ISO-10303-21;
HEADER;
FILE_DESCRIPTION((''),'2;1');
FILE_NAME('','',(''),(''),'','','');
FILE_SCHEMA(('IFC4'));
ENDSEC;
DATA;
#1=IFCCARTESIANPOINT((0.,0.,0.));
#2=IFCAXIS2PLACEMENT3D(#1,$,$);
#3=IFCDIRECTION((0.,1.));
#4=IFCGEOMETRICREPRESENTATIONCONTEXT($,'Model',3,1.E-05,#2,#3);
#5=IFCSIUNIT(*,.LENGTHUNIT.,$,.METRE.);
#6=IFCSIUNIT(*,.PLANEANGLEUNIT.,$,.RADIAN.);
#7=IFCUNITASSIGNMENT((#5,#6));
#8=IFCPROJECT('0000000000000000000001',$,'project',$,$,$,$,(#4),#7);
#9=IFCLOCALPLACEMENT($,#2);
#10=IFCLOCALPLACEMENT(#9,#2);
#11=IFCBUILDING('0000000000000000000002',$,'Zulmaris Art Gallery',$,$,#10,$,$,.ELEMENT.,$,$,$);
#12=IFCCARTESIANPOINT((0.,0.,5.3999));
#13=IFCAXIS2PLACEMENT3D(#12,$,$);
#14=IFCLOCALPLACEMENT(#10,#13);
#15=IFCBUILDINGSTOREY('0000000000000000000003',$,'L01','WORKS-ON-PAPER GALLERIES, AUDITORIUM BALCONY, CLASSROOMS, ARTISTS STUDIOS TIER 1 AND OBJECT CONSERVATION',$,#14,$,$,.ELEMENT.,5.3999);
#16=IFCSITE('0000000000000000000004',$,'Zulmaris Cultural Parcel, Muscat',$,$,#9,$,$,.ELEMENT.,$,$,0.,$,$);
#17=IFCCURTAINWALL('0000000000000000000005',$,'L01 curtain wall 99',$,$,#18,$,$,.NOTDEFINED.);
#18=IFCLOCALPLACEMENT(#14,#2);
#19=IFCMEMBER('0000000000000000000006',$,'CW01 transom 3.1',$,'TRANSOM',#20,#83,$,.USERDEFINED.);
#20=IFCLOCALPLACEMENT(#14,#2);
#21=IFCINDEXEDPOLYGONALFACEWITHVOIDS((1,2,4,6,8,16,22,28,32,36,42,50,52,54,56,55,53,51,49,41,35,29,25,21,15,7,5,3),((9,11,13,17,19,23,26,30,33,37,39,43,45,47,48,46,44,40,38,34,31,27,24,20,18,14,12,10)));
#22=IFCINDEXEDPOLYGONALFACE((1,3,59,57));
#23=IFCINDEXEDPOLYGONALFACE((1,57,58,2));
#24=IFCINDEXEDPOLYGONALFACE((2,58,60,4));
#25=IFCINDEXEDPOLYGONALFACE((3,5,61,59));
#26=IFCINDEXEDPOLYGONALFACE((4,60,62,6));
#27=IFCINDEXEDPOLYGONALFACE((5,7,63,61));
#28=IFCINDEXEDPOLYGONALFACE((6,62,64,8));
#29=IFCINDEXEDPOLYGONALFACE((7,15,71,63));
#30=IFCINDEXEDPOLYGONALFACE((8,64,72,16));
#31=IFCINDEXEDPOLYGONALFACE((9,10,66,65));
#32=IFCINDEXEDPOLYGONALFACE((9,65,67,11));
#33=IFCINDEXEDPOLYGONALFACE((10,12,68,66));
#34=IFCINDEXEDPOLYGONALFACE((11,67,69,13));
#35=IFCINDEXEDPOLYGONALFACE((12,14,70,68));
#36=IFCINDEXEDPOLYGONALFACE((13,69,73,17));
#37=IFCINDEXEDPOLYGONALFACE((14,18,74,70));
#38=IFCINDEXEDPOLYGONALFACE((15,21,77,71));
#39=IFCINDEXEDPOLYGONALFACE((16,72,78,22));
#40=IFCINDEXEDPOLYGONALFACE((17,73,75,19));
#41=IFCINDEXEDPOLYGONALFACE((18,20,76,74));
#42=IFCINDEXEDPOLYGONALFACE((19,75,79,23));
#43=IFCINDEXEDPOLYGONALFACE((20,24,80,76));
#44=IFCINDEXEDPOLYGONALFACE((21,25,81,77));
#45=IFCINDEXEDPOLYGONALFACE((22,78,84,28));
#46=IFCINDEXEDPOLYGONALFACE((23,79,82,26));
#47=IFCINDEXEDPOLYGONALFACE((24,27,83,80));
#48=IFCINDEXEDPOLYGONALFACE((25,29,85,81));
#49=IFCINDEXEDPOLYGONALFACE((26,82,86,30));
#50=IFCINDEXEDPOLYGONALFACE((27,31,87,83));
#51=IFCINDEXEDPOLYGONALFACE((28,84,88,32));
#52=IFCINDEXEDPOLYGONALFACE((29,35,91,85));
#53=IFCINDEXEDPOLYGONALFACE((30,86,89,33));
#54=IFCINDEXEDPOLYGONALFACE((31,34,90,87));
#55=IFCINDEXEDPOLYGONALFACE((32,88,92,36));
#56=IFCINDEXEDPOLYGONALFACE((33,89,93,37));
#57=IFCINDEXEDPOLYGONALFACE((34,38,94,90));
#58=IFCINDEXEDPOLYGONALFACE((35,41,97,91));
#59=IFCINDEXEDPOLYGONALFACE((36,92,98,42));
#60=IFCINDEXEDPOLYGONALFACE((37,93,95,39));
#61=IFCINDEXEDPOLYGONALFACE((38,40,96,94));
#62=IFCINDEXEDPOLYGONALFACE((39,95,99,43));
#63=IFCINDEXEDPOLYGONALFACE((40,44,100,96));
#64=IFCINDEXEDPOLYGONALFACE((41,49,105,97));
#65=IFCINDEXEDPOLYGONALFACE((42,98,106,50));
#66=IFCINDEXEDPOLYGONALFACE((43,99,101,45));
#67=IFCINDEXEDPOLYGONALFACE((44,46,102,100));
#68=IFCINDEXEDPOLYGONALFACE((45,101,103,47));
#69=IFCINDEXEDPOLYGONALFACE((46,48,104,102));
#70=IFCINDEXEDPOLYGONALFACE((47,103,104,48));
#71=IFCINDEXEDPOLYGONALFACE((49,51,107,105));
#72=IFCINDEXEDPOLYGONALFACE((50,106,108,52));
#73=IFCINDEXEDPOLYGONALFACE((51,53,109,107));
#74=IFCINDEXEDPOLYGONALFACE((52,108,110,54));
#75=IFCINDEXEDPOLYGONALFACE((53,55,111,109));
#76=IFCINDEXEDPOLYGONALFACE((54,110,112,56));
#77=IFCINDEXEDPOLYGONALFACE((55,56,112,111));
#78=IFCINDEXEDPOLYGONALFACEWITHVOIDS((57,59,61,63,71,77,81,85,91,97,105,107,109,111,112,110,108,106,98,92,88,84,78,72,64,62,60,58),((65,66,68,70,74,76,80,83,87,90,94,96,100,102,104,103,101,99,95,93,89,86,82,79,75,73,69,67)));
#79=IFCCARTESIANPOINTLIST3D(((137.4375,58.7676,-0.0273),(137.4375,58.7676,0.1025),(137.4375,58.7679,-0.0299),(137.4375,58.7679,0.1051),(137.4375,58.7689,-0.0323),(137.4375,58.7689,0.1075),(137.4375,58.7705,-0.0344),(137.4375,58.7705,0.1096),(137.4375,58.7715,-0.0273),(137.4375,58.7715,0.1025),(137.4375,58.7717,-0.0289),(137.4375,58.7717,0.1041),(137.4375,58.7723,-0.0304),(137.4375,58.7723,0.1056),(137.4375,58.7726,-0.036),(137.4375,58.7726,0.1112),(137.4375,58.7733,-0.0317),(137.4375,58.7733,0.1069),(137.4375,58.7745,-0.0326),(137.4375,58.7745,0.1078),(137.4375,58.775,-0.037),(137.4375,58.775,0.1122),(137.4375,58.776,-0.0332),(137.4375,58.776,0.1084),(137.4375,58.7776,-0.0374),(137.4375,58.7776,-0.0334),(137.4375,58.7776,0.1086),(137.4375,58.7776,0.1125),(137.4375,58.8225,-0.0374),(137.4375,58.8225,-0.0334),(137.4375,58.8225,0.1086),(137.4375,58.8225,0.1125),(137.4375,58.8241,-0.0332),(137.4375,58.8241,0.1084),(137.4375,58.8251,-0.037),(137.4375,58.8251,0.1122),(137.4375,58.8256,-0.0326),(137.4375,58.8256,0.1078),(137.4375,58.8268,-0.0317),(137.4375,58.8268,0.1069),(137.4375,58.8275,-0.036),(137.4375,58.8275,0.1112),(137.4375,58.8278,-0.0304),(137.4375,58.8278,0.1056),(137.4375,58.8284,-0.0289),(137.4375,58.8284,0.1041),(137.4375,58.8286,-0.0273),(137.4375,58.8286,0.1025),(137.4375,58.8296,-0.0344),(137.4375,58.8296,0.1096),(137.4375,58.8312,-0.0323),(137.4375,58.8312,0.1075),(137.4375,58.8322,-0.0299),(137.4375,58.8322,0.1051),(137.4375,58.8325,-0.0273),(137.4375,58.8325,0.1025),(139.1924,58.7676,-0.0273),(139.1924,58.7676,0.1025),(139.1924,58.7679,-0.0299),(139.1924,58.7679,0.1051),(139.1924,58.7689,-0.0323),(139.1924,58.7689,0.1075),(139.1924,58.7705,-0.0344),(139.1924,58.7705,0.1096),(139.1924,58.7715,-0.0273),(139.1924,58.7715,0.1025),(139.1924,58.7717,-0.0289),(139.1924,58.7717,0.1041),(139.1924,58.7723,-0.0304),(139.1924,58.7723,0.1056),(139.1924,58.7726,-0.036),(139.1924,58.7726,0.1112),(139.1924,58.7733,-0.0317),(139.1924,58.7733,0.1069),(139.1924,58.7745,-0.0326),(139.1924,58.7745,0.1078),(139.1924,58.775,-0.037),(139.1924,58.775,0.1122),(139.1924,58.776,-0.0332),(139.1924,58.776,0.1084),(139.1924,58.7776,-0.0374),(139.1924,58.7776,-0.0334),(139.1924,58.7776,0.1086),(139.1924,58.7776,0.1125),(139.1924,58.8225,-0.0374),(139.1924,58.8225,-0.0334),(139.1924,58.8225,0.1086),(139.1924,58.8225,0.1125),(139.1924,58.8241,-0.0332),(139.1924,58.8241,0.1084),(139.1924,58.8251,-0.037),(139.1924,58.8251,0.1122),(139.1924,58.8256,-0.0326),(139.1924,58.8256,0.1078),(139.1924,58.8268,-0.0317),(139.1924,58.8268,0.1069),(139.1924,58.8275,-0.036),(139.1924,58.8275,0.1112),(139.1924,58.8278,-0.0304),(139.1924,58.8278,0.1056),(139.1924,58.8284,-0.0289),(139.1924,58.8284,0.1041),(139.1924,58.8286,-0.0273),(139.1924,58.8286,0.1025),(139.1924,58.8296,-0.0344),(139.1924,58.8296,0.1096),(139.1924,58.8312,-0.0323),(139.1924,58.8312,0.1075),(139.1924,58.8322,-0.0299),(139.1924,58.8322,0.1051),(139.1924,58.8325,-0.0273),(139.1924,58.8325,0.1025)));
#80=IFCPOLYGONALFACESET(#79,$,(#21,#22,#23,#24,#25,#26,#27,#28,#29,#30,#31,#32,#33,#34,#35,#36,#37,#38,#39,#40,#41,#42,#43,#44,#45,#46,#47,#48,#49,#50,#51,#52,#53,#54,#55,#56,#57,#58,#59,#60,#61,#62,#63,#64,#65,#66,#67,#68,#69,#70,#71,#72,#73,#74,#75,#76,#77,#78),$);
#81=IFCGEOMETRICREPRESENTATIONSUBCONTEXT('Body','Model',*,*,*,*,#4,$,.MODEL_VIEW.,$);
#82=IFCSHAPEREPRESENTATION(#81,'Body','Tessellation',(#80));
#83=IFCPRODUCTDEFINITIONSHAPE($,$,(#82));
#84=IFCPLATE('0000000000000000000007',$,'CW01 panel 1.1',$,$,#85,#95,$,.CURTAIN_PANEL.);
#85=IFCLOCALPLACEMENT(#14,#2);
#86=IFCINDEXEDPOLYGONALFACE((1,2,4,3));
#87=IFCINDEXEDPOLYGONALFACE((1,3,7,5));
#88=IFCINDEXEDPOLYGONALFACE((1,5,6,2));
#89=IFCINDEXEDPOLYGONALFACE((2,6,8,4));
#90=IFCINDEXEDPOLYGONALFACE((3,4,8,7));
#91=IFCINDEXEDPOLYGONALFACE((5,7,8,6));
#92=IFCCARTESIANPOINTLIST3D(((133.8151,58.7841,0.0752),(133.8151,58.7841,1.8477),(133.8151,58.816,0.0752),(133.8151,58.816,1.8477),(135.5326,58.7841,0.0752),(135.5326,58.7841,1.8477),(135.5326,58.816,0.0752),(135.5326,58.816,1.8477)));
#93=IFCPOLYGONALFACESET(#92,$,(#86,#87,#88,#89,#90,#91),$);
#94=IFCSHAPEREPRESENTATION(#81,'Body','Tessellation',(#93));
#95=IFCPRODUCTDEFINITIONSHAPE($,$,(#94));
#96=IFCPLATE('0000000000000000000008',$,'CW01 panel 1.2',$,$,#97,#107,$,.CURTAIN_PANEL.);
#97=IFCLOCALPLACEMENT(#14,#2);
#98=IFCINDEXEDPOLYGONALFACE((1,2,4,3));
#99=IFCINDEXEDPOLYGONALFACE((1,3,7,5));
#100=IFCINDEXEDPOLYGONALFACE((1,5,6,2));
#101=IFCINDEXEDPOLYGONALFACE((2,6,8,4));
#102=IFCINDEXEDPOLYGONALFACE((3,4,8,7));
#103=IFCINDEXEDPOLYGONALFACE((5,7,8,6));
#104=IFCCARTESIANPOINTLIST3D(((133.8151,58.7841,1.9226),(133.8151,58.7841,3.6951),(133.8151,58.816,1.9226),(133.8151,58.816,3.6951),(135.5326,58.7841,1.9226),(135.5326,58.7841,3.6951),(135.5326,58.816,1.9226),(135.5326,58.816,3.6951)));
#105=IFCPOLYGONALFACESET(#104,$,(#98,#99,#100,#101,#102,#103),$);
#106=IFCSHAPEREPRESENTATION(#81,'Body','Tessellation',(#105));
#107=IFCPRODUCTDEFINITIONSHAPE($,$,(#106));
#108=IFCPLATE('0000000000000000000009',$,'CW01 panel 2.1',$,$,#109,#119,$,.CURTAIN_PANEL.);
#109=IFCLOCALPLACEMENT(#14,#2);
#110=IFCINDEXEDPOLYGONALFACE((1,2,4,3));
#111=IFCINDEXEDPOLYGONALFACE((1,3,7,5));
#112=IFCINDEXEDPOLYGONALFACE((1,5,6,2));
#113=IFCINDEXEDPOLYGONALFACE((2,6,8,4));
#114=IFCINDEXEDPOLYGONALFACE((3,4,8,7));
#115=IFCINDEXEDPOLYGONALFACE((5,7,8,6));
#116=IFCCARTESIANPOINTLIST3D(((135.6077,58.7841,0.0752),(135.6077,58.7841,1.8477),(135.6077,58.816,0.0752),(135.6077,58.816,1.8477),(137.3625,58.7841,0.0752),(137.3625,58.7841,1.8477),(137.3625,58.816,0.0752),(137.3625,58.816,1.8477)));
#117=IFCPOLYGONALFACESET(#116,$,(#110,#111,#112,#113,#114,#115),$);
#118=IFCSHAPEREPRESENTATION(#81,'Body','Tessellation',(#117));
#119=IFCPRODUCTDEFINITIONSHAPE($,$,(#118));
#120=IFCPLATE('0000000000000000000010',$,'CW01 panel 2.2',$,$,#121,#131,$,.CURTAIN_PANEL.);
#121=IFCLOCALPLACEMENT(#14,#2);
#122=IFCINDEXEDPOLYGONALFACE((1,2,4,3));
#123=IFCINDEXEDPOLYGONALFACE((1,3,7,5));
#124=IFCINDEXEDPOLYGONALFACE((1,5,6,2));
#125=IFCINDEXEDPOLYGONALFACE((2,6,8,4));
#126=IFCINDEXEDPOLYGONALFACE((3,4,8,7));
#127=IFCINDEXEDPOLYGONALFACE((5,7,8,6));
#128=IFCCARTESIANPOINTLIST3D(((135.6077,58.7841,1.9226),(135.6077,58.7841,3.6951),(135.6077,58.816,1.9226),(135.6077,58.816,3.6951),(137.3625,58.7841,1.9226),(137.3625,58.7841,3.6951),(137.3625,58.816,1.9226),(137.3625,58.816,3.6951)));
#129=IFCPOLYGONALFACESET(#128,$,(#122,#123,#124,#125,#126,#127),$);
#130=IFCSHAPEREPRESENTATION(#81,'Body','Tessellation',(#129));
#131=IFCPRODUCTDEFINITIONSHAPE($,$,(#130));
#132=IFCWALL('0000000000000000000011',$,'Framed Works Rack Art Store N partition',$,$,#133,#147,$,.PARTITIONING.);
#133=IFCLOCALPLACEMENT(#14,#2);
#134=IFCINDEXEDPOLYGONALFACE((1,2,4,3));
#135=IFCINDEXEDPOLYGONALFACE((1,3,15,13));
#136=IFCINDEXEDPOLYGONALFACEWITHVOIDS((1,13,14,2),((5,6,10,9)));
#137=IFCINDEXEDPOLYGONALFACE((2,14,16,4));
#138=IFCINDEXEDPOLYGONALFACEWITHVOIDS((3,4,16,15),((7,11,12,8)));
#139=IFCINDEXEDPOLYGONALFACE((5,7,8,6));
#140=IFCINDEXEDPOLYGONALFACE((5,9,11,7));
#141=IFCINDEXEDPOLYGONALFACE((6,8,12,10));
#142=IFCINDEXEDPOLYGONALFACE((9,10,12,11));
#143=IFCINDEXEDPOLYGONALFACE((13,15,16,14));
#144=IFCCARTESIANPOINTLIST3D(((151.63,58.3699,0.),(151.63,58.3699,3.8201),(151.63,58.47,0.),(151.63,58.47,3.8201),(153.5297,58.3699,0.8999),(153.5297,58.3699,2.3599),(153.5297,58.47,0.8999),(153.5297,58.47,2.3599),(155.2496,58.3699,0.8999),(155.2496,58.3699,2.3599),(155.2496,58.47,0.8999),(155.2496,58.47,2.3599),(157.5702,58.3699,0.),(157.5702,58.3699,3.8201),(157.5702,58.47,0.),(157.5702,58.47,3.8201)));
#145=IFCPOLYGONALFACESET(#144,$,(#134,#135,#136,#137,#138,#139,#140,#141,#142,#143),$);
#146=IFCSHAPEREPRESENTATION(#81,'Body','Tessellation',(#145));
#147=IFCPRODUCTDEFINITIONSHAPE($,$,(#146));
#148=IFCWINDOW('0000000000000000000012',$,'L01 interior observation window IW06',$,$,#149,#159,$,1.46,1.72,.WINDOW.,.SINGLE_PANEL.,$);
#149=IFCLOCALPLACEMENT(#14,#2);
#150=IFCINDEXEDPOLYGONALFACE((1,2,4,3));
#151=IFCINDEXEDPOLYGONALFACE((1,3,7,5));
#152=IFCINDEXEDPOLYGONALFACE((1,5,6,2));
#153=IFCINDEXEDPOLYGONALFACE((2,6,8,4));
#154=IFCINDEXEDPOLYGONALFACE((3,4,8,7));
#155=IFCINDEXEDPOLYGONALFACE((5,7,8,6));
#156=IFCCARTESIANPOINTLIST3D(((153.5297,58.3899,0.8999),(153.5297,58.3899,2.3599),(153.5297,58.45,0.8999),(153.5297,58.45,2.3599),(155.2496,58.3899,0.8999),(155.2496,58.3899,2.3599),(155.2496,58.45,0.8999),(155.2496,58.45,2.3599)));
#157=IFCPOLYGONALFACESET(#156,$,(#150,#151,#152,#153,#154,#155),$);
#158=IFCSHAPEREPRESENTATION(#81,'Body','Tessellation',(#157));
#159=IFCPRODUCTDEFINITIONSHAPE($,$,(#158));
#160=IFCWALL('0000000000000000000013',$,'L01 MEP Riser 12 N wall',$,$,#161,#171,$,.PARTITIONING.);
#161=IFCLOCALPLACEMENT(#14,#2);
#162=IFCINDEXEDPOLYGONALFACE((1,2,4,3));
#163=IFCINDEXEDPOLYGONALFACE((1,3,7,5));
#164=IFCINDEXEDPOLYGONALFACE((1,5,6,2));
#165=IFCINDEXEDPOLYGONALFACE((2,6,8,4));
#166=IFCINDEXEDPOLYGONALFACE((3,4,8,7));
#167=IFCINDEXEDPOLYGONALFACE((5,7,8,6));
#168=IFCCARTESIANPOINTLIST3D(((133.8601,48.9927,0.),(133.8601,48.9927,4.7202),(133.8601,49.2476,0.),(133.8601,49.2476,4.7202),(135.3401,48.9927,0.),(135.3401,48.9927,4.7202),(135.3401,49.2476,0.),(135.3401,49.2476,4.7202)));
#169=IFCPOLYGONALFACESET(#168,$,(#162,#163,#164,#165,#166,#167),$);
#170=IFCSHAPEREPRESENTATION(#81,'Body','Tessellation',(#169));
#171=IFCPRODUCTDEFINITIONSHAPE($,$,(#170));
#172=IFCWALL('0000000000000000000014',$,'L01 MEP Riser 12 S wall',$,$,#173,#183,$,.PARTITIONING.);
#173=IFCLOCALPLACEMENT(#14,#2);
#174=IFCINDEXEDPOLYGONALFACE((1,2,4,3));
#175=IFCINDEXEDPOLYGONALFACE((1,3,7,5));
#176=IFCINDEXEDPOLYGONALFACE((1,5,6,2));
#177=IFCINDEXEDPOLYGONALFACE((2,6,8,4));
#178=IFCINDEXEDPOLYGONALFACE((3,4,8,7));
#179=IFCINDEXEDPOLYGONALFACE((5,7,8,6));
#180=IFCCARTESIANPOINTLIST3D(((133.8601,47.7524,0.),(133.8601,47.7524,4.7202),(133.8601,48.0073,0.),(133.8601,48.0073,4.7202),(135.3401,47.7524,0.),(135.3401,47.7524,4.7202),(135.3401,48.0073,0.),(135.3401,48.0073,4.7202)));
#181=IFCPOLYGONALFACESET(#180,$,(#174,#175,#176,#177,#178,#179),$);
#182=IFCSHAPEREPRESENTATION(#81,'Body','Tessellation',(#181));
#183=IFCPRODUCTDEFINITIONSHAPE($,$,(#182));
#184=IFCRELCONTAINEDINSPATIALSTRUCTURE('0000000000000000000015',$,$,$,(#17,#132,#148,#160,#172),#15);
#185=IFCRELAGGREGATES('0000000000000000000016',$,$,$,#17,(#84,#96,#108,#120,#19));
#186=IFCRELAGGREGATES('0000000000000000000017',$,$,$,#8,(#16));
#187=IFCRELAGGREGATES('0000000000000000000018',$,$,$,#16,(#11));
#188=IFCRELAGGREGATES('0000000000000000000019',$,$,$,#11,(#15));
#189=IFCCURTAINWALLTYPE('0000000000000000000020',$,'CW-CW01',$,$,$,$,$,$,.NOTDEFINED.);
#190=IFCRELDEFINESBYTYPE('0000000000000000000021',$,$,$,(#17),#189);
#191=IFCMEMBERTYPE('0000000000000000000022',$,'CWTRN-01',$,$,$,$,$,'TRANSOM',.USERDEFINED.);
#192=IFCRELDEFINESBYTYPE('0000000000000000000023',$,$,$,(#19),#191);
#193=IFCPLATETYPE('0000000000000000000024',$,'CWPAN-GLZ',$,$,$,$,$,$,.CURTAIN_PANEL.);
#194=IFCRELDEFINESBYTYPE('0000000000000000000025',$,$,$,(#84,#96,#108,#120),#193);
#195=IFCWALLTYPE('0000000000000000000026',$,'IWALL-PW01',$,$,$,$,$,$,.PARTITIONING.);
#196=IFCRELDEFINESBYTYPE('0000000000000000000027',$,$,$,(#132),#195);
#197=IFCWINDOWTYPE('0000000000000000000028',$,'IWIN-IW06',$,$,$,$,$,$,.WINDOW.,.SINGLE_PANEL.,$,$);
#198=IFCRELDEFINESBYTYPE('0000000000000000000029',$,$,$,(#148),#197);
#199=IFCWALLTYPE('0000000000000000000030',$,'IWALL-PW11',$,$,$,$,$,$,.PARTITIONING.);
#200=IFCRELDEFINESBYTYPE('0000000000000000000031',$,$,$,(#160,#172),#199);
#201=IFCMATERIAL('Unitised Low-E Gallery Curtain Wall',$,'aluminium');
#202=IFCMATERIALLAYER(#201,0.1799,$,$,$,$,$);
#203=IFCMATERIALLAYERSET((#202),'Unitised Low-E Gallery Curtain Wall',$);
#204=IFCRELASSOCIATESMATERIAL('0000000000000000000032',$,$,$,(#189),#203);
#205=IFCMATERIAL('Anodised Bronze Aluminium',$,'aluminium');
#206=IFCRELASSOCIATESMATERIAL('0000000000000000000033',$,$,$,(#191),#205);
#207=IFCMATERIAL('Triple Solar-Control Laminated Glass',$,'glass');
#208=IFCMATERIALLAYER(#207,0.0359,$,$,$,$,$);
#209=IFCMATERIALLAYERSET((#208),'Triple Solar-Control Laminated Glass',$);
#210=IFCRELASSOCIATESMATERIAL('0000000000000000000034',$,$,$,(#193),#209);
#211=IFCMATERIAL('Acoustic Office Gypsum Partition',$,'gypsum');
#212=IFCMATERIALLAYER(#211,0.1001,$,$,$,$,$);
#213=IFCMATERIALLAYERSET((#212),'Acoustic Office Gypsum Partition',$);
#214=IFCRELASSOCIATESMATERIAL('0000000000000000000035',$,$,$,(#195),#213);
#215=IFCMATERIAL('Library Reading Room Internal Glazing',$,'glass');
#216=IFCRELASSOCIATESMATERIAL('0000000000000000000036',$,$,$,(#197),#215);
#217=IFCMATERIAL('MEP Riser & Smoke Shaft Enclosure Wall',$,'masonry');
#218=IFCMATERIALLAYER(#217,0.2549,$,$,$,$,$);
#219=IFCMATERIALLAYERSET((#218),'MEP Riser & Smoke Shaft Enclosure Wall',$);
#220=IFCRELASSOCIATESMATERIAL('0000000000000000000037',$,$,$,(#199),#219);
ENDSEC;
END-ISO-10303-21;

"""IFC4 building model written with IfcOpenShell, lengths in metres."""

from ifc_helpers import new_model, si_unit, direction, frame, frame_2d, origin, origin_2d, place, context, subcontext, project, spatial, rectangle, hollow_rectangle, extrude, material, layer, layer_set, material_profile, profile_set, type_object, element, fill, aggregate, save


model = new_model("IFC4")

# Units and contexts
model_context = context("Model", 3, precision=1e-05, world=origin(), true_north=direction((0.0, 1.0)))
body_context = subcontext(model_context, "Body", "Model", "MODEL_VIEW")
ifc_project = project(units=[si_unit("LENGTHUNIT", "METRE"), si_unit("PLANEANGLEUNIT", "RADIAN")], contexts=[model_context])

# Site, building, storey
site_placement = place(None, origin())
site = spatial("IfcSite", under=ifc_project, at=site_placement, Name="Zulmaris Cultural Parcel, Muscat", CompositionType="ELEMENT", RefElevation=0.0)
building_placement = place(site_placement, origin())
building = spatial("IfcBuilding", under=site, at=building_placement, Name="Zulmaris Art Gallery", CompositionType="ELEMENT")
storey_placement = place(building_placement, frame((0.0, 0.0, 5.3999)))
storey = spatial("IfcBuildingStorey", under=building, at=storey_placement, Name="L01", Description="WORKS-ON-PAPER GALLERIES, AUDITORIUM BALCONY, CLASSROOMS, ARTISTS STUDIOS TIER 1 AND OBJECT CONSERVATION", CompositionType="ELEMENT", Elevation=5.3999)

# Curtain wall, member, plates
ifc_material_1 = material(Name="Unitised Low-E Gallery Curtain Wall", Category="aluminium")
ifc_layer_1 = layer(ifc_material_1, 0.1799)
ifc_layer_set_1 = layer_set([ifc_layer_1], Name="Unitised Low-E Gallery Curtain Wall")
curtain_wall_type = type_object("IfcCurtainWallType", Name="CW-CW01", PredefinedType="NOTDEFINED", material=ifc_layer_set_1)
curtain_wall_placement = place(storey_placement, origin())
curtain_wall = element("IfcCurtainWall", 1, at=curtain_wall_placement, inside=storey, type_object=curtain_wall_type, Name="L01 curtain wall 99", PredefinedType="NOTDEFINED")
ifc_material_2 = material(Name="Anodised Bronze Aluminium", Category="aluminium")
ifc_material_profile_1 = material_profile(ifc_material_2, hollow_rectangle(XDim=0.0649, YDim=0.1499, WallThickness=0.0039, InnerFilletRadius=0.0061, OuterFilletRadius=0.01, at=origin_2d()), Name="ALU 65x150x4")
ifc_profile_set_1 = profile_set([ifc_material_profile_1], Name="Anodised Bronze Aluminium")
member_type_1 = type_object("IfcMemberType", Name="CWTRN-01", ElementType="TRANSOM", PredefinedType="USERDEFINED", material=ifc_profile_set_1)
member_1_placement = place(storey_placement, frame((137.4375, 58.8, 0.0376), z_axis=(1.0, 0.0, 0.0), x_axis=(0.0, 1.0, 0.0)))
member_1 = element("IfcMember", 2, at=member_1_placement, type_object=member_type_1, Name="CW01 transom 3.1", ObjectType="TRANSOM", PredefinedType="USERDEFINED", context=body_context, shape_type="SweptSolid", body=[
    extrude(hollow_rectangle(XDim=0.0649, YDim=0.1499, WallThickness=0.0039, InnerFilletRadius=0.0061, OuterFilletRadius=0.01, at=origin_2d()), origin(), (0.0, 0.0, 1.0), 1.7549),
])
ifc_material_3 = material(Name="Triple Solar-Control Laminated Glass", Category="glass")
ifc_layer_2 = layer(ifc_material_3, 0.0359)
ifc_layer_set_2 = layer_set([ifc_layer_2], Name="Triple Solar-Control Laminated Glass")
plate_type = type_object("IfcPlateType", Name="CWPAN-GLZ", PredefinedType="CURTAIN_PANEL", material=ifc_layer_set_2)
plate_1_placement = place(storey_placement, frame((134.6738, 58.8, 0.0752), z_axis=(0.0, 0.0, 1.0), x_axis=(1.0, 0.0, 0.0)))
plate_1 = element("IfcPlate", 3, at=plate_1_placement, type_object=plate_type, Name="CW01 panel 1.1", PredefinedType="CURTAIN_PANEL", context=body_context, shape_type="SweptSolid", body=[
    extrude(rectangle(XDim=1.7175, YDim=0.032, at=origin_2d()), origin(), (0.0, 0.0, 1.0), 1.7725),
])
plate_2_placement = place(storey_placement, frame((134.6738, 58.8, 1.9226), z_axis=(0.0, 0.0, 1.0), x_axis=(1.0, 0.0, 0.0)))
plate_2 = element("IfcPlate", 4, at=plate_2_placement, type_object=plate_type, Name="CW01 panel 1.2", PredefinedType="CURTAIN_PANEL", context=body_context, shape_type="SweptSolid", body=[
    extrude(rectangle(XDim=1.7175, YDim=0.032, at=origin_2d()), origin(), (0.0, 0.0, 1.0), 1.7725),
])
plate_3_placement = place(storey_placement, frame((136.4851, 58.8, 0.0752), z_axis=(0.0, 0.0, 1.0), x_axis=(1.0, 0.0, 0.0)))
plate_3 = element("IfcPlate", 5, at=plate_3_placement, type_object=plate_type, Name="CW01 panel 2.1", PredefinedType="CURTAIN_PANEL", context=body_context, shape_type="SweptSolid", body=[
    extrude(rectangle(XDim=1.7549, YDim=0.032, at=origin_2d()), origin(), (0.0, 0.0, 1.0), 1.7725),
])
plate_4_placement = place(storey_placement, frame((136.4851, 58.8, 1.9226), z_axis=(0.0, 0.0, 1.0), x_axis=(1.0, 0.0, 0.0)))
plate_4 = element("IfcPlate", 6, at=plate_4_placement, type_object=plate_type, Name="CW01 panel 2.2", PredefinedType="CURTAIN_PANEL", context=body_context, shape_type="SweptSolid", body=[
    extrude(rectangle(XDim=1.7549, YDim=0.032, at=origin_2d()), origin(), (0.0, 0.0, 1.0), 1.7725),
])
aggregate(curtain_wall, [plate_1, plate_2, plate_3, plate_4, member_1])

# Wall, opening, window
ifc_material_4 = material(Name="Acoustic Office Gypsum Partition", Category="gypsum")
ifc_layer_3 = layer(ifc_material_4, 0.1001)
ifc_layer_set_3 = layer_set([ifc_layer_3], Name="Acoustic Office Gypsum Partition")
wall_type_1 = type_object("IfcWallType", Name="IWALL-PW01", PredefinedType="PARTITIONING", material=ifc_layer_set_3)
wall_1_placement = place(storey_placement, frame((151.6299, 58.4199, 0.0), z_axis=(0.0, 0.0, 1.0), x_axis=(1.0, 0.0, 0.0)))
wall_1 = element("IfcWall", 7, at=wall_1_placement, inside=storey, type_object=wall_type_1, Name="Framed Works Rack Art Store N partition", PredefinedType="PARTITIONING", context=body_context, shape_type="SweptSolid", body=[
    extrude(rectangle(XDim=5.9402, YDim=0.1001, at=frame_2d((2.9702, 0.0))), origin(), (0.0, 0.0, 1.0), 3.8201),
])
opening_placement = place(wall_1_placement, frame((1.8999, 0.0, 0.8999)))
opening = element("IfcOpeningElement", 8, at=opening_placement, cuts=wall_1, PredefinedType="OPENING", context=body_context, shape_type="SweptSolid", body=[
    extrude(rectangle(XDim=1.72, YDim=1.46, at=frame_2d((0.8599, 0.73))), frame((0.0, 0.0601, 0.0), z_axis=(0.0, -1.0, 0.0), x_axis=(1.0, 0.0, 0.0)), (0.0, 0.0, 1.0), 0.1201),
])
ifc_material_5 = material(Name="Library Reading Room Internal Glazing", Category="glass")
window_type = type_object("IfcWindowType", Name="IWIN-IW06", PartitioningType="SINGLE_PANEL", PredefinedType="WINDOW", material=ifc_material_5)
window_placement = place(opening_placement, origin())
window = element("IfcWindow", 9, at=window_placement, inside=storey, type_object=window_type, Name="L01 interior observation window IW06", OverallHeight=1.46, OverallWidth=1.72, PartitioningType="SINGLE_PANEL", PredefinedType="WINDOW", context=body_context, shape_type="SweptSolid", body=[
    extrude(rectangle(XDim=1.72, YDim=1.46, at=frame_2d((0.8599, 0.73))), frame((0.0, 0.03, 0.0), z_axis=(0.0, -1.0, 0.0), x_axis=(1.0, 0.0, 0.0)), (0.0, 0.0, 1.0), 0.0601),
])
fill(opening, window)

# Walls
ifc_material_6 = material(Name="MEP Riser & Smoke Shaft Enclosure Wall", Category="masonry")
ifc_layer_4 = layer(ifc_material_6, 0.2549)
ifc_layer_set_4 = layer_set([ifc_layer_4], Name="MEP Riser & Smoke Shaft Enclosure Wall")
wall_type_2 = type_object("IfcWallType", Name="IWALL-PW11", PredefinedType="PARTITIONING", material=ifc_layer_set_4)
for number, where, z_axis, x_axis, name in (
    (10, (133.8601, 49.1201, 0.0), (0.0, 0.0, 1.0), (1.0, 0.0, 0.0), "L01 MEP Riser 12 N wall"),
    (11, (133.8601, 47.8799, 0.0), (0.0, 0.0, 1.0), (1.0, 0.0, 0.0), "L01 MEP Riser 12 S wall"),
):
    element("IfcWall", number, at=place(storey_placement, frame(where, z_axis=z_axis, x_axis=x_axis)), inside=storey, type_object=wall_type_2, Name=name, PredefinedType="PARTITIONING", context=body_context, shape_type="SweptSolid", body=[
        extrude(rectangle(XDim=1.48, YDim=0.2549, at=frame_2d((0.74, 0.0))), origin(), (0.0, 0.0, 1.0), 4.7202),
    ])

save(model, "model.ifc")
